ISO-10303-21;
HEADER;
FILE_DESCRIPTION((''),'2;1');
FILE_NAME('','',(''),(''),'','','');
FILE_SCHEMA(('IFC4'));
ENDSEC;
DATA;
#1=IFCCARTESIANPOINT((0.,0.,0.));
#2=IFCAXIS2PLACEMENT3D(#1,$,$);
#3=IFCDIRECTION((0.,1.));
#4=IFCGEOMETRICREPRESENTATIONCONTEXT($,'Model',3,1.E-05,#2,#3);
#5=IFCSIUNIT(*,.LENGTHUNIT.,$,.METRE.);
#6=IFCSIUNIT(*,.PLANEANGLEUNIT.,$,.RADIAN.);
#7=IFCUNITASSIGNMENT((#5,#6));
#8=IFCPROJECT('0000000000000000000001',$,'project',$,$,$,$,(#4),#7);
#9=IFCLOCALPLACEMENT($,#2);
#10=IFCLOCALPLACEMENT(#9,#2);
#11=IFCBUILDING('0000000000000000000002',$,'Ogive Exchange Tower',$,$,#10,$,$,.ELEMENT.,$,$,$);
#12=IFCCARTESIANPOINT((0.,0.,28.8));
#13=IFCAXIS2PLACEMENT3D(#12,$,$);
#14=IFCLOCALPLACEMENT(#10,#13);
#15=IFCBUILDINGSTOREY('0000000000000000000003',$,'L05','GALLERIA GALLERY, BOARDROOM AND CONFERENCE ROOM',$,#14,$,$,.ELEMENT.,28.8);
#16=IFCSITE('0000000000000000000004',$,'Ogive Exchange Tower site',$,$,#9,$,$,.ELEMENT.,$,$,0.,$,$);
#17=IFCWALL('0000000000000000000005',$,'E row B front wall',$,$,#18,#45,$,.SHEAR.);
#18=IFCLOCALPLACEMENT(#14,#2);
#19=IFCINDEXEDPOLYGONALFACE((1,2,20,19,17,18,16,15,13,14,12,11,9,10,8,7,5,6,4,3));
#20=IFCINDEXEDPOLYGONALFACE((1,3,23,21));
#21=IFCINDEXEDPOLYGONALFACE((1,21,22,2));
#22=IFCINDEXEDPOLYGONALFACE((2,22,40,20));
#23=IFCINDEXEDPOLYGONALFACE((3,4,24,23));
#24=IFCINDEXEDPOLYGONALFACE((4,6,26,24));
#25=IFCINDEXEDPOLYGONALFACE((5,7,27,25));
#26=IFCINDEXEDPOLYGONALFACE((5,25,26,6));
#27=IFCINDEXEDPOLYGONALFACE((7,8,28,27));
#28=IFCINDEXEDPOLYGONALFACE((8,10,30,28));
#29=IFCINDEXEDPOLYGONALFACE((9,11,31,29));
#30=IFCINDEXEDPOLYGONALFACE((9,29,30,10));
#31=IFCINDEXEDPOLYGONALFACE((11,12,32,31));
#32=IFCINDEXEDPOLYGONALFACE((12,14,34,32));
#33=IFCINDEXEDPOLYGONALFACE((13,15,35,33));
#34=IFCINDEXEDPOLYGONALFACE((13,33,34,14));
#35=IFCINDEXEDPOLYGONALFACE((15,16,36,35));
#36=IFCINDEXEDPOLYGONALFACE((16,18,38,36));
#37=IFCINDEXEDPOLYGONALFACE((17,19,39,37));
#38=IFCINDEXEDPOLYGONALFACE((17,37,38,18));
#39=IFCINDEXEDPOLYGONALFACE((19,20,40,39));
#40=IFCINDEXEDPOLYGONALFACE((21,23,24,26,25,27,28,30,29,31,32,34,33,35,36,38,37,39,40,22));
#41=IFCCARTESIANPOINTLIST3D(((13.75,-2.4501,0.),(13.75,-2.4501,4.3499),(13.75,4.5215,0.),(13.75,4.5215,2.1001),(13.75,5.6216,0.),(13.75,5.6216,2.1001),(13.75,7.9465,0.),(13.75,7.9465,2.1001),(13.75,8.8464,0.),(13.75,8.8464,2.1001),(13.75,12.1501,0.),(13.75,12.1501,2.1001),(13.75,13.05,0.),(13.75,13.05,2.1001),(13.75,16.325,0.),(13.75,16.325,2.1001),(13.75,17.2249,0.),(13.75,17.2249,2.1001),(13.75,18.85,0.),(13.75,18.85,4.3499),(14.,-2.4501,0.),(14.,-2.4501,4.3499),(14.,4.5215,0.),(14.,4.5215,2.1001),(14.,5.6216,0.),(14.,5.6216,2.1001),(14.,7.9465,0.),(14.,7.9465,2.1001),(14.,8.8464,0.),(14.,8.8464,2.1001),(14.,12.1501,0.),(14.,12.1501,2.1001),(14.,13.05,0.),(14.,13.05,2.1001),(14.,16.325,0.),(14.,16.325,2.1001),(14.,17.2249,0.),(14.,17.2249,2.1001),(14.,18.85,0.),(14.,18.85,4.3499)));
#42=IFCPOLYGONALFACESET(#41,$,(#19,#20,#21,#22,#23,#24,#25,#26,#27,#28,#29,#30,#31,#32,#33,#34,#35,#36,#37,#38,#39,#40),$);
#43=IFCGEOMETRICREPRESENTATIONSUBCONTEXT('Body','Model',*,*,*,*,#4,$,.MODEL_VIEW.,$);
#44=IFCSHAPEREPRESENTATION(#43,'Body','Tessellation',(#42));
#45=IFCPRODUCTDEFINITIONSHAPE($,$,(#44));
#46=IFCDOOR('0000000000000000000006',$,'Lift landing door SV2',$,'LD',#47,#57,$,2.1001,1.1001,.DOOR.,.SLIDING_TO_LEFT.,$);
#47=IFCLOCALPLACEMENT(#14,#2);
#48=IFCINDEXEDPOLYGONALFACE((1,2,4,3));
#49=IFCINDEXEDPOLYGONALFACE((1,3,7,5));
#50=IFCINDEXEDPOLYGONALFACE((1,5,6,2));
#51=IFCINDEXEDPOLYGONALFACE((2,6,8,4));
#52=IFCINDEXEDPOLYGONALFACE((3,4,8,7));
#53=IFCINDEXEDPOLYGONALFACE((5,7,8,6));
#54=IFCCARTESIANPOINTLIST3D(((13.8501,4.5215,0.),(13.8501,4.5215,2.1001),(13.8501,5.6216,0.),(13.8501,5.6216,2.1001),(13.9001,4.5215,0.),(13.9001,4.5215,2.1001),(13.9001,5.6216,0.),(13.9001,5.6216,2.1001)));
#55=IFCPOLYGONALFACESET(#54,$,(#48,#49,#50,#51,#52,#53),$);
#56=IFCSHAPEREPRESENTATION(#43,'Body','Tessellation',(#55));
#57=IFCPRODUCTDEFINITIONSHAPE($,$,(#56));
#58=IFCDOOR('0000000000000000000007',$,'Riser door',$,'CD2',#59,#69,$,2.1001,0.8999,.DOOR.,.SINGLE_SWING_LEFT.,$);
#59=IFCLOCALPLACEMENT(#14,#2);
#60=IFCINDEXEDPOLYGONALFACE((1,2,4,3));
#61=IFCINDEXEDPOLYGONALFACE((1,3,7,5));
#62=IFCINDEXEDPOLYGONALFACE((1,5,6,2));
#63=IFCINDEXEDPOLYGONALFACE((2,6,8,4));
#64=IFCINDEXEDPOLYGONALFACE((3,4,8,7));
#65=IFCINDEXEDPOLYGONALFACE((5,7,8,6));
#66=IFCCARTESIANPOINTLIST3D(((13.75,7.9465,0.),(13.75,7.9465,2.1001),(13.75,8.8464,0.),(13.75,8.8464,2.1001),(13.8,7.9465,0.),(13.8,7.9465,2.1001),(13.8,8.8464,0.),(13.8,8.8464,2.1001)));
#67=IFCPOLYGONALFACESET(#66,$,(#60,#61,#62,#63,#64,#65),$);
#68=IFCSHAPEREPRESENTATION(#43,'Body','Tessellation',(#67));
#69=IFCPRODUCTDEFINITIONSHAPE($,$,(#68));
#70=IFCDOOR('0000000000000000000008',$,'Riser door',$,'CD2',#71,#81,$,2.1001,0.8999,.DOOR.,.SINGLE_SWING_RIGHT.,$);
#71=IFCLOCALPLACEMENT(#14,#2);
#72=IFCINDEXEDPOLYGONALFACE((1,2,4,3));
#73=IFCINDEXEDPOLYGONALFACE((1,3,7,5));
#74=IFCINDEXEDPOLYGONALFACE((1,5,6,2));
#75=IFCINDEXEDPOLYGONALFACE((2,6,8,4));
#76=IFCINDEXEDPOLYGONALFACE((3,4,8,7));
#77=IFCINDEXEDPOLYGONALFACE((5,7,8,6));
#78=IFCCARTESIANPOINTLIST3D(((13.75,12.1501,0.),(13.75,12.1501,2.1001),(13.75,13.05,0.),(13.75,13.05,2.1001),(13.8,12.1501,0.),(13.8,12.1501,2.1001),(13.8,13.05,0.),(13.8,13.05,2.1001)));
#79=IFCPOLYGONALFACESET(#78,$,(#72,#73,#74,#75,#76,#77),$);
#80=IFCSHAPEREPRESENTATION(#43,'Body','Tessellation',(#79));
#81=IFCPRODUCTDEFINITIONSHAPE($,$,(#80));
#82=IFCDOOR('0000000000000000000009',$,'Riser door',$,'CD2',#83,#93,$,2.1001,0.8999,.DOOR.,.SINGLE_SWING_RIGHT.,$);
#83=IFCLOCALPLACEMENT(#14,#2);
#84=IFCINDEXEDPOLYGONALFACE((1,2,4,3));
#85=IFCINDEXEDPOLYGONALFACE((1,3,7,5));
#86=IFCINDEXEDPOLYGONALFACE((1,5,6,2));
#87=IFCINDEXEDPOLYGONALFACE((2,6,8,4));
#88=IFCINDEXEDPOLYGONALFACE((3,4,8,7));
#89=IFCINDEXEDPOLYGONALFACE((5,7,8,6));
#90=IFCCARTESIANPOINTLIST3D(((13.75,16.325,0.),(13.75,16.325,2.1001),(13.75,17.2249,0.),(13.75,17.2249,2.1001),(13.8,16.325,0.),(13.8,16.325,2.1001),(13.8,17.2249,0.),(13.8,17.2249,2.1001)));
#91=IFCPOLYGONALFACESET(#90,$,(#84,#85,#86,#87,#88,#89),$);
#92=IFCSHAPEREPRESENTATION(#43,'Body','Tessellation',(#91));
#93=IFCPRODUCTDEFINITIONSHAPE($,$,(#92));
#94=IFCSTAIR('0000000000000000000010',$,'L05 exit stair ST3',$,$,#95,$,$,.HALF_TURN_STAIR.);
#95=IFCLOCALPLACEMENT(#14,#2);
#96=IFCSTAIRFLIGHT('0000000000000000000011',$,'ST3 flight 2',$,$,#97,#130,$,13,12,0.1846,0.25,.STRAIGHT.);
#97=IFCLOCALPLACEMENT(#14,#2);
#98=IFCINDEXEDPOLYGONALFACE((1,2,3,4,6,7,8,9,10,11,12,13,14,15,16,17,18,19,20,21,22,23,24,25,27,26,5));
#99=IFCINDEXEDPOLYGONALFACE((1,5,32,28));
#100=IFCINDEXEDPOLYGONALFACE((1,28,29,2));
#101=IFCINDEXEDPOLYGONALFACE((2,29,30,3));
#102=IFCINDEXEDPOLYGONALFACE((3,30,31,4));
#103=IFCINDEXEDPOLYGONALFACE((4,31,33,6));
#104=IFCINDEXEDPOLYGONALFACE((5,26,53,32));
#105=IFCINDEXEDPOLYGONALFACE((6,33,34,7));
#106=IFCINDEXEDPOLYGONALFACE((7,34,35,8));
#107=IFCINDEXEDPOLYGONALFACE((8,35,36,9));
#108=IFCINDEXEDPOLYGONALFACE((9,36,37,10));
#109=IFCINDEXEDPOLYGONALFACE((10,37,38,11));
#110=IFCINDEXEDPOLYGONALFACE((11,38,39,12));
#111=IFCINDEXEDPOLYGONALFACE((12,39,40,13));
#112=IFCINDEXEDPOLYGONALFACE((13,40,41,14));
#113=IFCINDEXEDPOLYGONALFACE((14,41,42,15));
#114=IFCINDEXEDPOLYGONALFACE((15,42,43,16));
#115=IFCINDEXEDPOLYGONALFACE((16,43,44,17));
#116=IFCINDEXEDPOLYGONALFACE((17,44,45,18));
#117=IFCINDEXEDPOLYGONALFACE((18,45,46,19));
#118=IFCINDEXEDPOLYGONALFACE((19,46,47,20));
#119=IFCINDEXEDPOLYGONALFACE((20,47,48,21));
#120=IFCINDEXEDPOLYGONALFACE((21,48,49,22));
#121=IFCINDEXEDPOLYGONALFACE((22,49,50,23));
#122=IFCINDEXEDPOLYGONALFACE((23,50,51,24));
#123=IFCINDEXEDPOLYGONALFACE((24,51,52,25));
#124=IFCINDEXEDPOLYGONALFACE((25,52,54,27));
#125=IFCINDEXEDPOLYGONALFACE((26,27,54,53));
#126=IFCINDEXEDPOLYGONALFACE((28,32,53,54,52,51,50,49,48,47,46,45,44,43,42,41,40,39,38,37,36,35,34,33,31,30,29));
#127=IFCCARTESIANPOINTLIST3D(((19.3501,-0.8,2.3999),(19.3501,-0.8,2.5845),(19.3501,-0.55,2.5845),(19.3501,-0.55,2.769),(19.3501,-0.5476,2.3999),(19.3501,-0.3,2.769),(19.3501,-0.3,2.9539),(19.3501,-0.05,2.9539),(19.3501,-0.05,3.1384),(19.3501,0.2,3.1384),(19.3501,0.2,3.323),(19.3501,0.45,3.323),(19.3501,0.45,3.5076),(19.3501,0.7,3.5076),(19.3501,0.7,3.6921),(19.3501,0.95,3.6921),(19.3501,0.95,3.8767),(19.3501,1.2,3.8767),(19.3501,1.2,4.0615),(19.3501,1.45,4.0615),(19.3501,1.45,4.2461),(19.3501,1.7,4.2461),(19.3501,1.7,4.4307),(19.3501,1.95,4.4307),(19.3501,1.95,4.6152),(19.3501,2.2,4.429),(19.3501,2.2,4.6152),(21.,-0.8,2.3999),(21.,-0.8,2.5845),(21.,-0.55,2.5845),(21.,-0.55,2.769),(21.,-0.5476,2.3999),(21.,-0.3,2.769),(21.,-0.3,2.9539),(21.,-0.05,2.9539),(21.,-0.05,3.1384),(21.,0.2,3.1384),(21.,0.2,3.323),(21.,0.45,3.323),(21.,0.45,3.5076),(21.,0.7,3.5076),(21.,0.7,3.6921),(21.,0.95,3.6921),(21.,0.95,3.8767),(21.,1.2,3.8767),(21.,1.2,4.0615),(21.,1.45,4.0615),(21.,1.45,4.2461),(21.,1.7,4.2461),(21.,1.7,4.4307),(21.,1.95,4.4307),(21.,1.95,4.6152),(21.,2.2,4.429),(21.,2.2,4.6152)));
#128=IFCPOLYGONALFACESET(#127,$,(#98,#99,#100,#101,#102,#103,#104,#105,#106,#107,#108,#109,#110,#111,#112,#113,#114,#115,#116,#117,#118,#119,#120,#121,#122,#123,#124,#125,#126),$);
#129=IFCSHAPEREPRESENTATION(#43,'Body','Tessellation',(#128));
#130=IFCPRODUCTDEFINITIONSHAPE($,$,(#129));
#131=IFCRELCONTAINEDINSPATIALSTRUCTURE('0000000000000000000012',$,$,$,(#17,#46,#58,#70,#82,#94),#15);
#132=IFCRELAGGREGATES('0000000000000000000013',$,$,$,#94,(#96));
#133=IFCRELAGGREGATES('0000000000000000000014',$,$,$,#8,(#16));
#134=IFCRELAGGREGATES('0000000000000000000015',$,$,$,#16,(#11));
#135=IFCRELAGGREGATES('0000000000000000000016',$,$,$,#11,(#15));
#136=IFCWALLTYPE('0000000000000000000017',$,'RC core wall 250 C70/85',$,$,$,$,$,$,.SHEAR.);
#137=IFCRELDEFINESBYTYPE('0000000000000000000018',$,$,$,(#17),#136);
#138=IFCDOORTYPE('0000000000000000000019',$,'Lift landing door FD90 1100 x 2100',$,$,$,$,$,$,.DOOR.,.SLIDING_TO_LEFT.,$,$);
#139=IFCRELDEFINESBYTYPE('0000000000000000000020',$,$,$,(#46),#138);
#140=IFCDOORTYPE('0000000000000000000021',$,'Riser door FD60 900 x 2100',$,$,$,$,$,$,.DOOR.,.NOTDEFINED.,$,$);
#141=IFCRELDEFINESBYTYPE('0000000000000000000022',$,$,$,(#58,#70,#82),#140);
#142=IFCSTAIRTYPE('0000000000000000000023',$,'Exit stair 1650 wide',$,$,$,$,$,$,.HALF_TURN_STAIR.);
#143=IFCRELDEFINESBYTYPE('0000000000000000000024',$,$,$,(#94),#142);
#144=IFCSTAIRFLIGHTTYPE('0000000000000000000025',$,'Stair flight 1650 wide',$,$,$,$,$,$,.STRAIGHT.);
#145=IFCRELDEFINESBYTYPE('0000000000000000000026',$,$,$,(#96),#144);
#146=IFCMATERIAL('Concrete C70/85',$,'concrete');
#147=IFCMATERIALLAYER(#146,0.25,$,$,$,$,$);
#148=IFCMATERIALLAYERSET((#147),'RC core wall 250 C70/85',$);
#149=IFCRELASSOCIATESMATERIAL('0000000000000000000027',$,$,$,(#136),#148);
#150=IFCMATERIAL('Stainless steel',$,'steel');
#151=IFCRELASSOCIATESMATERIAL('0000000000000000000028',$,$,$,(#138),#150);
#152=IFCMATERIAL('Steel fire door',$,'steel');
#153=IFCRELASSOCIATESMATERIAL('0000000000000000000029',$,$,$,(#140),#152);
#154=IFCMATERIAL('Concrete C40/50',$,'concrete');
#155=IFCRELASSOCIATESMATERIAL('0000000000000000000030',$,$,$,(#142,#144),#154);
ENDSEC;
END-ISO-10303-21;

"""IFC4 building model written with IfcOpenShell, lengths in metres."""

from ifc_helpers import new_model, si_unit, direction, frame, frame_2d, origin, place, context, subcontext, project, spatial, polyline, rectangle, outline, extrude, material, layer, layer_set, type_object, element, fill, aggregate, save


model = new_model("IFC4")

# Units and contexts
model_context = context("Model", 3, precision=1e-05, world=origin(), true_north=direction((0.0, 1.0)))
body_context = subcontext(model_context, "Body", "Model", "MODEL_VIEW")
ifc_project = project(units=[si_unit("LENGTHUNIT", "METRE"), si_unit("PLANEANGLEUNIT", "RADIAN")], contexts=[model_context])

# Site, building, storey
site_placement = place(None, origin())
site = spatial("IfcSite", under=ifc_project, at=site_placement, Name="Ogive Exchange Tower site", CompositionType="ELEMENT", RefElevation=0.0)
building_placement = place(site_placement, origin())
building = spatial("IfcBuilding", under=site, at=building_placement, Name="Ogive Exchange Tower", CompositionType="ELEMENT")
storey_placement = place(building_placement, frame((0.0, 0.0, 28.8)))
storey = spatial("IfcBuildingStorey", under=building, at=storey_placement, Name="L05", Description="GALLERIA GALLERY, BOARDROOM AND CONFERENCE ROOM", CompositionType="ELEMENT", Elevation=28.8)

# Shared definitions
ifc_material_1 = material(Name="Concrete C70/85", Category="concrete")
ifc_material_2 = material(Name="Steel fire door", Category="steel")

# Shared definitions
ifc_layer_1 = layer(ifc_material_1, 0.25)
ifc_layer_set_1 = layer_set([ifc_layer_1], Name="RC core wall 250 C70/85")
wall_type_1 = type_object("IfcWallType", Name="RC core wall 250 C70/85", PredefinedType="SHEAR", material=ifc_layer_set_1)

# Wall, openings, doors
wall_1_placement = place(storey_placement, frame((13.875, -2.45, 0.0), z_axis=(0.0, 0.0, 1.0), x_axis=(0.0, 1.0, 0.0)))
wall_1 = element("IfcWall", 1, at=wall_1_placement, inside=storey, type_object=wall_type_1, Name="E row B front wall", PredefinedType="SHEAR", context=body_context, shape_type="SweptSolid", body=[
    extrude(rectangle(XDim=21.3, YDim=0.25, at=frame_2d((10.6499, 0.0))), origin(), (0.0, 0.0, 1.0), 4.3499),
])
opening_1_placement = place(wall_1_placement, frame((10.3965, 0.0, 0.0)))
opening_1 = element("IfcOpeningElement", 2, at=opening_1_placement, cuts=wall_1, PredefinedType="OPENING", context=body_context, shape_type="SweptSolid", body=[
    extrude(rectangle(XDim=0.8999, YDim=2.1001, at=frame_2d((0.45, 1.05))), frame((0.0, 0.135, 0.0), z_axis=(0.0, -1.0, 0.0), x_axis=(1.0, 0.0, 0.0)), (0.0, 0.0, 1.0), 0.27),
])
opening_2_placement = place(wall_1_placement, frame((14.6001, 0.0, 0.0)))
opening_2 = element("IfcOpeningElement", 3, at=opening_2_placement, cuts=wall_1, PredefinedType="OPENING", context=body_context, shape_type="SweptSolid", body=[
    extrude(rectangle(XDim=0.8999, YDim=2.1001, at=frame_2d((0.45, 1.05))), frame((0.0, 0.135, 0.0), z_axis=(0.0, -1.0, 0.0), x_axis=(1.0, 0.0, 0.0)), (0.0, 0.0, 1.0), 0.27),
])
opening_3_placement = place(wall_1_placement, frame((18.7749, 0.0, 0.0)))
opening_3 = element("IfcOpeningElement", 4, at=opening_3_placement, cuts=wall_1, PredefinedType="OPENING", context=body_context, shape_type="SweptSolid", body=[
    extrude(rectangle(XDim=0.8999, YDim=2.1001, at=frame_2d((0.45, 1.05))), frame((0.0, 0.135, 0.0), z_axis=(0.0, -1.0, 0.0), x_axis=(1.0, 0.0, 0.0)), (0.0, 0.0, 1.0), 0.27),
])
opening_4_placement = place(wall_1_placement, frame((6.9714, 0.0, 0.0)))
opening_4 = element("IfcOpeningElement", 5, at=opening_4_placement, cuts=wall_1, PredefinedType="OPENING", context=body_context, shape_type="SweptSolid", body=[
    extrude(rectangle(XDim=1.1001, YDim=2.1001, at=frame_2d((0.55, 1.05))), frame((0.0, 0.135, 0.0), z_axis=(0.0, -1.0, 0.0), x_axis=(1.0, 0.0, 0.0)), (0.0, 0.0, 1.0), 0.27),
])
ifc_material_3 = material(Name="Stainless steel", Category="steel")
door_type_1 = type_object("IfcDoorType", Name="Lift landing door FD90 1100 x 2100", OperationType="SLIDING_TO_LEFT", PredefinedType="DOOR", material=ifc_material_3)
door_1_placement = place(opening_4_placement, origin())
door_1 = element("IfcDoor", 6, at=door_1_placement, inside=storey, type_object=door_type_1, Name="Lift landing door SV2", ObjectType="LD", OperationType="SLIDING_TO_LEFT", OverallHeight=2.1001, OverallWidth=1.1001, PredefinedType="DOOR", context=body_context, shape_type="SweptSolid", body=[
    extrude(rectangle(XDim=1.1001, YDim=2.1001, at=frame_2d((0.55, 1.05))), frame((0.0, 0.0249, 0.0), z_axis=(0.0, -1.0, 0.0), x_axis=(1.0, 0.0, 0.0)), (0.0, 0.0, 1.0), 0.05),
])
fill(opening_4, door_1)
door_type_2 = type_object("IfcDoorType", Name="Riser door FD60 900 x 2100", OperationType="NOTDEFINED", PredefinedType="DOOR", material=ifc_material_2)
door_2_placement = place(opening_1_placement, origin())
door_2 = element("IfcDoor", 7, at=door_2_placement, inside=storey, type_object=door_type_2, Name="Riser door", ObjectType="CD2", OperationType="SINGLE_SWING_LEFT", OverallHeight=2.1001, OverallWidth=0.8999, PredefinedType="DOOR", context=body_context, shape_type="SweptSolid", body=[
    extrude(rectangle(XDim=0.8999, YDim=2.1001, at=frame_2d((0.45, 1.05))), frame((0.0, 0.125, 0.0), z_axis=(0.0, -1.0, 0.0), x_axis=(1.0, 0.0, 0.0)), (0.0, 0.0, 1.0), 0.05),
])
fill(opening_1, door_2)
door_3_placement = place(opening_2_placement, origin())
door_3 = element("IfcDoor", 8, at=door_3_placement, inside=storey, type_object=door_type_2, Name="Riser door", ObjectType="CD2", OperationType="SINGLE_SWING_RIGHT", OverallHeight=2.1001, OverallWidth=0.8999, PredefinedType="DOOR", context=body_context, shape_type="SweptSolid", body=[
    extrude(rectangle(XDim=0.8999, YDim=2.1001, at=frame_2d((0.45, 1.05))), frame((0.0, 0.125, 0.0), z_axis=(0.0, -1.0, 0.0), x_axis=(1.0, 0.0, 0.0)), (0.0, 0.0, 1.0), 0.05),
])
fill(opening_2, door_3)
door_4_placement = place(opening_3_placement, origin())
door_4 = element("IfcDoor", 9, at=door_4_placement, inside=storey, type_object=door_type_2, Name="Riser door", ObjectType="CD2", OperationType="SINGLE_SWING_RIGHT", OverallHeight=2.1001, OverallWidth=0.8999, PredefinedType="DOOR", context=body_context, shape_type="SweptSolid", body=[
    extrude(rectangle(XDim=0.8999, YDim=2.1001, at=frame_2d((0.45, 1.05))), frame((0.0, 0.125, 0.0), z_axis=(0.0, -1.0, 0.0), x_axis=(1.0, 0.0, 0.0)), (0.0, 0.0, 1.0), 0.05),
])
fill(opening_3, door_4)

# Stair, stair flight
ifc_material_4 = material(Name="Concrete C40/50", Category="concrete")
stair_type = type_object("IfcStairType", Name="Exit stair 1650 wide", PredefinedType="HALF_TURN_STAIR", material=ifc_material_4)
stair_placement = place(storey_placement, origin())
stair = element("IfcStair", 10, at=stair_placement, inside=storey, type_object=stair_type, Name="L05 exit stair ST3", PredefinedType="HALF_TURN_STAIR")
stair_flight_type = type_object("IfcStairFlightType", Name="Stair flight 1650 wide", PredefinedType="STRAIGHT", material=ifc_material_4)
stair_flight_placement = place(storey_placement, frame((20.175, -0.8, 2.3999), z_axis=(0.0, 0.0, 1.0), x_axis=(0.0, 1.0, 0.0)))
stair_flight = element("IfcStairFlight", 11, at=stair_flight_placement, type_object=stair_flight_type, Name="ST3 flight 2", NumberOfRisers=13, NumberOfTreads=12, PredefinedType="STRAIGHT", RiserHeight=0.1846, TreadLength=0.25, context=body_context, shape_type="SweptSolid", body=[
    extrude(outline(polyline([(0.0, 0.0), (0.0, 0.1846), (0.25, 0.1846), (0.25, 0.3691), (0.5, 0.3691), (0.5, 0.554), (0.75, 0.554), (0.75, 0.7385), (1.0, 0.7385), (1.0, 0.9231), (1.25, 0.9231), (1.25, 1.1077), (1.5, 1.1077), (1.5, 1.2922), (1.75, 1.2922), (1.75, 1.4768), (2.0, 1.4768), (2.0, 1.6616), (2.25, 1.6616), (2.25, 1.8462), (2.5, 1.8462), (2.5, 2.0308), (2.75, 2.0308), (2.75, 2.2153), (3.0, 2.2153), (3.0, 2.3999), (3.0, 2.0291), (0.2524, 0.0), (0.0, 0.0)])), frame((0.0, 0.825, 0.0), z_axis=(0.0, -1.0, 0.0), x_axis=(1.0, 0.0, 0.0)), (0.0, 0.0, 1.0), 1.6499),
])
aggregate(stair, [stair_flight])

save(model, "model.ifc")
